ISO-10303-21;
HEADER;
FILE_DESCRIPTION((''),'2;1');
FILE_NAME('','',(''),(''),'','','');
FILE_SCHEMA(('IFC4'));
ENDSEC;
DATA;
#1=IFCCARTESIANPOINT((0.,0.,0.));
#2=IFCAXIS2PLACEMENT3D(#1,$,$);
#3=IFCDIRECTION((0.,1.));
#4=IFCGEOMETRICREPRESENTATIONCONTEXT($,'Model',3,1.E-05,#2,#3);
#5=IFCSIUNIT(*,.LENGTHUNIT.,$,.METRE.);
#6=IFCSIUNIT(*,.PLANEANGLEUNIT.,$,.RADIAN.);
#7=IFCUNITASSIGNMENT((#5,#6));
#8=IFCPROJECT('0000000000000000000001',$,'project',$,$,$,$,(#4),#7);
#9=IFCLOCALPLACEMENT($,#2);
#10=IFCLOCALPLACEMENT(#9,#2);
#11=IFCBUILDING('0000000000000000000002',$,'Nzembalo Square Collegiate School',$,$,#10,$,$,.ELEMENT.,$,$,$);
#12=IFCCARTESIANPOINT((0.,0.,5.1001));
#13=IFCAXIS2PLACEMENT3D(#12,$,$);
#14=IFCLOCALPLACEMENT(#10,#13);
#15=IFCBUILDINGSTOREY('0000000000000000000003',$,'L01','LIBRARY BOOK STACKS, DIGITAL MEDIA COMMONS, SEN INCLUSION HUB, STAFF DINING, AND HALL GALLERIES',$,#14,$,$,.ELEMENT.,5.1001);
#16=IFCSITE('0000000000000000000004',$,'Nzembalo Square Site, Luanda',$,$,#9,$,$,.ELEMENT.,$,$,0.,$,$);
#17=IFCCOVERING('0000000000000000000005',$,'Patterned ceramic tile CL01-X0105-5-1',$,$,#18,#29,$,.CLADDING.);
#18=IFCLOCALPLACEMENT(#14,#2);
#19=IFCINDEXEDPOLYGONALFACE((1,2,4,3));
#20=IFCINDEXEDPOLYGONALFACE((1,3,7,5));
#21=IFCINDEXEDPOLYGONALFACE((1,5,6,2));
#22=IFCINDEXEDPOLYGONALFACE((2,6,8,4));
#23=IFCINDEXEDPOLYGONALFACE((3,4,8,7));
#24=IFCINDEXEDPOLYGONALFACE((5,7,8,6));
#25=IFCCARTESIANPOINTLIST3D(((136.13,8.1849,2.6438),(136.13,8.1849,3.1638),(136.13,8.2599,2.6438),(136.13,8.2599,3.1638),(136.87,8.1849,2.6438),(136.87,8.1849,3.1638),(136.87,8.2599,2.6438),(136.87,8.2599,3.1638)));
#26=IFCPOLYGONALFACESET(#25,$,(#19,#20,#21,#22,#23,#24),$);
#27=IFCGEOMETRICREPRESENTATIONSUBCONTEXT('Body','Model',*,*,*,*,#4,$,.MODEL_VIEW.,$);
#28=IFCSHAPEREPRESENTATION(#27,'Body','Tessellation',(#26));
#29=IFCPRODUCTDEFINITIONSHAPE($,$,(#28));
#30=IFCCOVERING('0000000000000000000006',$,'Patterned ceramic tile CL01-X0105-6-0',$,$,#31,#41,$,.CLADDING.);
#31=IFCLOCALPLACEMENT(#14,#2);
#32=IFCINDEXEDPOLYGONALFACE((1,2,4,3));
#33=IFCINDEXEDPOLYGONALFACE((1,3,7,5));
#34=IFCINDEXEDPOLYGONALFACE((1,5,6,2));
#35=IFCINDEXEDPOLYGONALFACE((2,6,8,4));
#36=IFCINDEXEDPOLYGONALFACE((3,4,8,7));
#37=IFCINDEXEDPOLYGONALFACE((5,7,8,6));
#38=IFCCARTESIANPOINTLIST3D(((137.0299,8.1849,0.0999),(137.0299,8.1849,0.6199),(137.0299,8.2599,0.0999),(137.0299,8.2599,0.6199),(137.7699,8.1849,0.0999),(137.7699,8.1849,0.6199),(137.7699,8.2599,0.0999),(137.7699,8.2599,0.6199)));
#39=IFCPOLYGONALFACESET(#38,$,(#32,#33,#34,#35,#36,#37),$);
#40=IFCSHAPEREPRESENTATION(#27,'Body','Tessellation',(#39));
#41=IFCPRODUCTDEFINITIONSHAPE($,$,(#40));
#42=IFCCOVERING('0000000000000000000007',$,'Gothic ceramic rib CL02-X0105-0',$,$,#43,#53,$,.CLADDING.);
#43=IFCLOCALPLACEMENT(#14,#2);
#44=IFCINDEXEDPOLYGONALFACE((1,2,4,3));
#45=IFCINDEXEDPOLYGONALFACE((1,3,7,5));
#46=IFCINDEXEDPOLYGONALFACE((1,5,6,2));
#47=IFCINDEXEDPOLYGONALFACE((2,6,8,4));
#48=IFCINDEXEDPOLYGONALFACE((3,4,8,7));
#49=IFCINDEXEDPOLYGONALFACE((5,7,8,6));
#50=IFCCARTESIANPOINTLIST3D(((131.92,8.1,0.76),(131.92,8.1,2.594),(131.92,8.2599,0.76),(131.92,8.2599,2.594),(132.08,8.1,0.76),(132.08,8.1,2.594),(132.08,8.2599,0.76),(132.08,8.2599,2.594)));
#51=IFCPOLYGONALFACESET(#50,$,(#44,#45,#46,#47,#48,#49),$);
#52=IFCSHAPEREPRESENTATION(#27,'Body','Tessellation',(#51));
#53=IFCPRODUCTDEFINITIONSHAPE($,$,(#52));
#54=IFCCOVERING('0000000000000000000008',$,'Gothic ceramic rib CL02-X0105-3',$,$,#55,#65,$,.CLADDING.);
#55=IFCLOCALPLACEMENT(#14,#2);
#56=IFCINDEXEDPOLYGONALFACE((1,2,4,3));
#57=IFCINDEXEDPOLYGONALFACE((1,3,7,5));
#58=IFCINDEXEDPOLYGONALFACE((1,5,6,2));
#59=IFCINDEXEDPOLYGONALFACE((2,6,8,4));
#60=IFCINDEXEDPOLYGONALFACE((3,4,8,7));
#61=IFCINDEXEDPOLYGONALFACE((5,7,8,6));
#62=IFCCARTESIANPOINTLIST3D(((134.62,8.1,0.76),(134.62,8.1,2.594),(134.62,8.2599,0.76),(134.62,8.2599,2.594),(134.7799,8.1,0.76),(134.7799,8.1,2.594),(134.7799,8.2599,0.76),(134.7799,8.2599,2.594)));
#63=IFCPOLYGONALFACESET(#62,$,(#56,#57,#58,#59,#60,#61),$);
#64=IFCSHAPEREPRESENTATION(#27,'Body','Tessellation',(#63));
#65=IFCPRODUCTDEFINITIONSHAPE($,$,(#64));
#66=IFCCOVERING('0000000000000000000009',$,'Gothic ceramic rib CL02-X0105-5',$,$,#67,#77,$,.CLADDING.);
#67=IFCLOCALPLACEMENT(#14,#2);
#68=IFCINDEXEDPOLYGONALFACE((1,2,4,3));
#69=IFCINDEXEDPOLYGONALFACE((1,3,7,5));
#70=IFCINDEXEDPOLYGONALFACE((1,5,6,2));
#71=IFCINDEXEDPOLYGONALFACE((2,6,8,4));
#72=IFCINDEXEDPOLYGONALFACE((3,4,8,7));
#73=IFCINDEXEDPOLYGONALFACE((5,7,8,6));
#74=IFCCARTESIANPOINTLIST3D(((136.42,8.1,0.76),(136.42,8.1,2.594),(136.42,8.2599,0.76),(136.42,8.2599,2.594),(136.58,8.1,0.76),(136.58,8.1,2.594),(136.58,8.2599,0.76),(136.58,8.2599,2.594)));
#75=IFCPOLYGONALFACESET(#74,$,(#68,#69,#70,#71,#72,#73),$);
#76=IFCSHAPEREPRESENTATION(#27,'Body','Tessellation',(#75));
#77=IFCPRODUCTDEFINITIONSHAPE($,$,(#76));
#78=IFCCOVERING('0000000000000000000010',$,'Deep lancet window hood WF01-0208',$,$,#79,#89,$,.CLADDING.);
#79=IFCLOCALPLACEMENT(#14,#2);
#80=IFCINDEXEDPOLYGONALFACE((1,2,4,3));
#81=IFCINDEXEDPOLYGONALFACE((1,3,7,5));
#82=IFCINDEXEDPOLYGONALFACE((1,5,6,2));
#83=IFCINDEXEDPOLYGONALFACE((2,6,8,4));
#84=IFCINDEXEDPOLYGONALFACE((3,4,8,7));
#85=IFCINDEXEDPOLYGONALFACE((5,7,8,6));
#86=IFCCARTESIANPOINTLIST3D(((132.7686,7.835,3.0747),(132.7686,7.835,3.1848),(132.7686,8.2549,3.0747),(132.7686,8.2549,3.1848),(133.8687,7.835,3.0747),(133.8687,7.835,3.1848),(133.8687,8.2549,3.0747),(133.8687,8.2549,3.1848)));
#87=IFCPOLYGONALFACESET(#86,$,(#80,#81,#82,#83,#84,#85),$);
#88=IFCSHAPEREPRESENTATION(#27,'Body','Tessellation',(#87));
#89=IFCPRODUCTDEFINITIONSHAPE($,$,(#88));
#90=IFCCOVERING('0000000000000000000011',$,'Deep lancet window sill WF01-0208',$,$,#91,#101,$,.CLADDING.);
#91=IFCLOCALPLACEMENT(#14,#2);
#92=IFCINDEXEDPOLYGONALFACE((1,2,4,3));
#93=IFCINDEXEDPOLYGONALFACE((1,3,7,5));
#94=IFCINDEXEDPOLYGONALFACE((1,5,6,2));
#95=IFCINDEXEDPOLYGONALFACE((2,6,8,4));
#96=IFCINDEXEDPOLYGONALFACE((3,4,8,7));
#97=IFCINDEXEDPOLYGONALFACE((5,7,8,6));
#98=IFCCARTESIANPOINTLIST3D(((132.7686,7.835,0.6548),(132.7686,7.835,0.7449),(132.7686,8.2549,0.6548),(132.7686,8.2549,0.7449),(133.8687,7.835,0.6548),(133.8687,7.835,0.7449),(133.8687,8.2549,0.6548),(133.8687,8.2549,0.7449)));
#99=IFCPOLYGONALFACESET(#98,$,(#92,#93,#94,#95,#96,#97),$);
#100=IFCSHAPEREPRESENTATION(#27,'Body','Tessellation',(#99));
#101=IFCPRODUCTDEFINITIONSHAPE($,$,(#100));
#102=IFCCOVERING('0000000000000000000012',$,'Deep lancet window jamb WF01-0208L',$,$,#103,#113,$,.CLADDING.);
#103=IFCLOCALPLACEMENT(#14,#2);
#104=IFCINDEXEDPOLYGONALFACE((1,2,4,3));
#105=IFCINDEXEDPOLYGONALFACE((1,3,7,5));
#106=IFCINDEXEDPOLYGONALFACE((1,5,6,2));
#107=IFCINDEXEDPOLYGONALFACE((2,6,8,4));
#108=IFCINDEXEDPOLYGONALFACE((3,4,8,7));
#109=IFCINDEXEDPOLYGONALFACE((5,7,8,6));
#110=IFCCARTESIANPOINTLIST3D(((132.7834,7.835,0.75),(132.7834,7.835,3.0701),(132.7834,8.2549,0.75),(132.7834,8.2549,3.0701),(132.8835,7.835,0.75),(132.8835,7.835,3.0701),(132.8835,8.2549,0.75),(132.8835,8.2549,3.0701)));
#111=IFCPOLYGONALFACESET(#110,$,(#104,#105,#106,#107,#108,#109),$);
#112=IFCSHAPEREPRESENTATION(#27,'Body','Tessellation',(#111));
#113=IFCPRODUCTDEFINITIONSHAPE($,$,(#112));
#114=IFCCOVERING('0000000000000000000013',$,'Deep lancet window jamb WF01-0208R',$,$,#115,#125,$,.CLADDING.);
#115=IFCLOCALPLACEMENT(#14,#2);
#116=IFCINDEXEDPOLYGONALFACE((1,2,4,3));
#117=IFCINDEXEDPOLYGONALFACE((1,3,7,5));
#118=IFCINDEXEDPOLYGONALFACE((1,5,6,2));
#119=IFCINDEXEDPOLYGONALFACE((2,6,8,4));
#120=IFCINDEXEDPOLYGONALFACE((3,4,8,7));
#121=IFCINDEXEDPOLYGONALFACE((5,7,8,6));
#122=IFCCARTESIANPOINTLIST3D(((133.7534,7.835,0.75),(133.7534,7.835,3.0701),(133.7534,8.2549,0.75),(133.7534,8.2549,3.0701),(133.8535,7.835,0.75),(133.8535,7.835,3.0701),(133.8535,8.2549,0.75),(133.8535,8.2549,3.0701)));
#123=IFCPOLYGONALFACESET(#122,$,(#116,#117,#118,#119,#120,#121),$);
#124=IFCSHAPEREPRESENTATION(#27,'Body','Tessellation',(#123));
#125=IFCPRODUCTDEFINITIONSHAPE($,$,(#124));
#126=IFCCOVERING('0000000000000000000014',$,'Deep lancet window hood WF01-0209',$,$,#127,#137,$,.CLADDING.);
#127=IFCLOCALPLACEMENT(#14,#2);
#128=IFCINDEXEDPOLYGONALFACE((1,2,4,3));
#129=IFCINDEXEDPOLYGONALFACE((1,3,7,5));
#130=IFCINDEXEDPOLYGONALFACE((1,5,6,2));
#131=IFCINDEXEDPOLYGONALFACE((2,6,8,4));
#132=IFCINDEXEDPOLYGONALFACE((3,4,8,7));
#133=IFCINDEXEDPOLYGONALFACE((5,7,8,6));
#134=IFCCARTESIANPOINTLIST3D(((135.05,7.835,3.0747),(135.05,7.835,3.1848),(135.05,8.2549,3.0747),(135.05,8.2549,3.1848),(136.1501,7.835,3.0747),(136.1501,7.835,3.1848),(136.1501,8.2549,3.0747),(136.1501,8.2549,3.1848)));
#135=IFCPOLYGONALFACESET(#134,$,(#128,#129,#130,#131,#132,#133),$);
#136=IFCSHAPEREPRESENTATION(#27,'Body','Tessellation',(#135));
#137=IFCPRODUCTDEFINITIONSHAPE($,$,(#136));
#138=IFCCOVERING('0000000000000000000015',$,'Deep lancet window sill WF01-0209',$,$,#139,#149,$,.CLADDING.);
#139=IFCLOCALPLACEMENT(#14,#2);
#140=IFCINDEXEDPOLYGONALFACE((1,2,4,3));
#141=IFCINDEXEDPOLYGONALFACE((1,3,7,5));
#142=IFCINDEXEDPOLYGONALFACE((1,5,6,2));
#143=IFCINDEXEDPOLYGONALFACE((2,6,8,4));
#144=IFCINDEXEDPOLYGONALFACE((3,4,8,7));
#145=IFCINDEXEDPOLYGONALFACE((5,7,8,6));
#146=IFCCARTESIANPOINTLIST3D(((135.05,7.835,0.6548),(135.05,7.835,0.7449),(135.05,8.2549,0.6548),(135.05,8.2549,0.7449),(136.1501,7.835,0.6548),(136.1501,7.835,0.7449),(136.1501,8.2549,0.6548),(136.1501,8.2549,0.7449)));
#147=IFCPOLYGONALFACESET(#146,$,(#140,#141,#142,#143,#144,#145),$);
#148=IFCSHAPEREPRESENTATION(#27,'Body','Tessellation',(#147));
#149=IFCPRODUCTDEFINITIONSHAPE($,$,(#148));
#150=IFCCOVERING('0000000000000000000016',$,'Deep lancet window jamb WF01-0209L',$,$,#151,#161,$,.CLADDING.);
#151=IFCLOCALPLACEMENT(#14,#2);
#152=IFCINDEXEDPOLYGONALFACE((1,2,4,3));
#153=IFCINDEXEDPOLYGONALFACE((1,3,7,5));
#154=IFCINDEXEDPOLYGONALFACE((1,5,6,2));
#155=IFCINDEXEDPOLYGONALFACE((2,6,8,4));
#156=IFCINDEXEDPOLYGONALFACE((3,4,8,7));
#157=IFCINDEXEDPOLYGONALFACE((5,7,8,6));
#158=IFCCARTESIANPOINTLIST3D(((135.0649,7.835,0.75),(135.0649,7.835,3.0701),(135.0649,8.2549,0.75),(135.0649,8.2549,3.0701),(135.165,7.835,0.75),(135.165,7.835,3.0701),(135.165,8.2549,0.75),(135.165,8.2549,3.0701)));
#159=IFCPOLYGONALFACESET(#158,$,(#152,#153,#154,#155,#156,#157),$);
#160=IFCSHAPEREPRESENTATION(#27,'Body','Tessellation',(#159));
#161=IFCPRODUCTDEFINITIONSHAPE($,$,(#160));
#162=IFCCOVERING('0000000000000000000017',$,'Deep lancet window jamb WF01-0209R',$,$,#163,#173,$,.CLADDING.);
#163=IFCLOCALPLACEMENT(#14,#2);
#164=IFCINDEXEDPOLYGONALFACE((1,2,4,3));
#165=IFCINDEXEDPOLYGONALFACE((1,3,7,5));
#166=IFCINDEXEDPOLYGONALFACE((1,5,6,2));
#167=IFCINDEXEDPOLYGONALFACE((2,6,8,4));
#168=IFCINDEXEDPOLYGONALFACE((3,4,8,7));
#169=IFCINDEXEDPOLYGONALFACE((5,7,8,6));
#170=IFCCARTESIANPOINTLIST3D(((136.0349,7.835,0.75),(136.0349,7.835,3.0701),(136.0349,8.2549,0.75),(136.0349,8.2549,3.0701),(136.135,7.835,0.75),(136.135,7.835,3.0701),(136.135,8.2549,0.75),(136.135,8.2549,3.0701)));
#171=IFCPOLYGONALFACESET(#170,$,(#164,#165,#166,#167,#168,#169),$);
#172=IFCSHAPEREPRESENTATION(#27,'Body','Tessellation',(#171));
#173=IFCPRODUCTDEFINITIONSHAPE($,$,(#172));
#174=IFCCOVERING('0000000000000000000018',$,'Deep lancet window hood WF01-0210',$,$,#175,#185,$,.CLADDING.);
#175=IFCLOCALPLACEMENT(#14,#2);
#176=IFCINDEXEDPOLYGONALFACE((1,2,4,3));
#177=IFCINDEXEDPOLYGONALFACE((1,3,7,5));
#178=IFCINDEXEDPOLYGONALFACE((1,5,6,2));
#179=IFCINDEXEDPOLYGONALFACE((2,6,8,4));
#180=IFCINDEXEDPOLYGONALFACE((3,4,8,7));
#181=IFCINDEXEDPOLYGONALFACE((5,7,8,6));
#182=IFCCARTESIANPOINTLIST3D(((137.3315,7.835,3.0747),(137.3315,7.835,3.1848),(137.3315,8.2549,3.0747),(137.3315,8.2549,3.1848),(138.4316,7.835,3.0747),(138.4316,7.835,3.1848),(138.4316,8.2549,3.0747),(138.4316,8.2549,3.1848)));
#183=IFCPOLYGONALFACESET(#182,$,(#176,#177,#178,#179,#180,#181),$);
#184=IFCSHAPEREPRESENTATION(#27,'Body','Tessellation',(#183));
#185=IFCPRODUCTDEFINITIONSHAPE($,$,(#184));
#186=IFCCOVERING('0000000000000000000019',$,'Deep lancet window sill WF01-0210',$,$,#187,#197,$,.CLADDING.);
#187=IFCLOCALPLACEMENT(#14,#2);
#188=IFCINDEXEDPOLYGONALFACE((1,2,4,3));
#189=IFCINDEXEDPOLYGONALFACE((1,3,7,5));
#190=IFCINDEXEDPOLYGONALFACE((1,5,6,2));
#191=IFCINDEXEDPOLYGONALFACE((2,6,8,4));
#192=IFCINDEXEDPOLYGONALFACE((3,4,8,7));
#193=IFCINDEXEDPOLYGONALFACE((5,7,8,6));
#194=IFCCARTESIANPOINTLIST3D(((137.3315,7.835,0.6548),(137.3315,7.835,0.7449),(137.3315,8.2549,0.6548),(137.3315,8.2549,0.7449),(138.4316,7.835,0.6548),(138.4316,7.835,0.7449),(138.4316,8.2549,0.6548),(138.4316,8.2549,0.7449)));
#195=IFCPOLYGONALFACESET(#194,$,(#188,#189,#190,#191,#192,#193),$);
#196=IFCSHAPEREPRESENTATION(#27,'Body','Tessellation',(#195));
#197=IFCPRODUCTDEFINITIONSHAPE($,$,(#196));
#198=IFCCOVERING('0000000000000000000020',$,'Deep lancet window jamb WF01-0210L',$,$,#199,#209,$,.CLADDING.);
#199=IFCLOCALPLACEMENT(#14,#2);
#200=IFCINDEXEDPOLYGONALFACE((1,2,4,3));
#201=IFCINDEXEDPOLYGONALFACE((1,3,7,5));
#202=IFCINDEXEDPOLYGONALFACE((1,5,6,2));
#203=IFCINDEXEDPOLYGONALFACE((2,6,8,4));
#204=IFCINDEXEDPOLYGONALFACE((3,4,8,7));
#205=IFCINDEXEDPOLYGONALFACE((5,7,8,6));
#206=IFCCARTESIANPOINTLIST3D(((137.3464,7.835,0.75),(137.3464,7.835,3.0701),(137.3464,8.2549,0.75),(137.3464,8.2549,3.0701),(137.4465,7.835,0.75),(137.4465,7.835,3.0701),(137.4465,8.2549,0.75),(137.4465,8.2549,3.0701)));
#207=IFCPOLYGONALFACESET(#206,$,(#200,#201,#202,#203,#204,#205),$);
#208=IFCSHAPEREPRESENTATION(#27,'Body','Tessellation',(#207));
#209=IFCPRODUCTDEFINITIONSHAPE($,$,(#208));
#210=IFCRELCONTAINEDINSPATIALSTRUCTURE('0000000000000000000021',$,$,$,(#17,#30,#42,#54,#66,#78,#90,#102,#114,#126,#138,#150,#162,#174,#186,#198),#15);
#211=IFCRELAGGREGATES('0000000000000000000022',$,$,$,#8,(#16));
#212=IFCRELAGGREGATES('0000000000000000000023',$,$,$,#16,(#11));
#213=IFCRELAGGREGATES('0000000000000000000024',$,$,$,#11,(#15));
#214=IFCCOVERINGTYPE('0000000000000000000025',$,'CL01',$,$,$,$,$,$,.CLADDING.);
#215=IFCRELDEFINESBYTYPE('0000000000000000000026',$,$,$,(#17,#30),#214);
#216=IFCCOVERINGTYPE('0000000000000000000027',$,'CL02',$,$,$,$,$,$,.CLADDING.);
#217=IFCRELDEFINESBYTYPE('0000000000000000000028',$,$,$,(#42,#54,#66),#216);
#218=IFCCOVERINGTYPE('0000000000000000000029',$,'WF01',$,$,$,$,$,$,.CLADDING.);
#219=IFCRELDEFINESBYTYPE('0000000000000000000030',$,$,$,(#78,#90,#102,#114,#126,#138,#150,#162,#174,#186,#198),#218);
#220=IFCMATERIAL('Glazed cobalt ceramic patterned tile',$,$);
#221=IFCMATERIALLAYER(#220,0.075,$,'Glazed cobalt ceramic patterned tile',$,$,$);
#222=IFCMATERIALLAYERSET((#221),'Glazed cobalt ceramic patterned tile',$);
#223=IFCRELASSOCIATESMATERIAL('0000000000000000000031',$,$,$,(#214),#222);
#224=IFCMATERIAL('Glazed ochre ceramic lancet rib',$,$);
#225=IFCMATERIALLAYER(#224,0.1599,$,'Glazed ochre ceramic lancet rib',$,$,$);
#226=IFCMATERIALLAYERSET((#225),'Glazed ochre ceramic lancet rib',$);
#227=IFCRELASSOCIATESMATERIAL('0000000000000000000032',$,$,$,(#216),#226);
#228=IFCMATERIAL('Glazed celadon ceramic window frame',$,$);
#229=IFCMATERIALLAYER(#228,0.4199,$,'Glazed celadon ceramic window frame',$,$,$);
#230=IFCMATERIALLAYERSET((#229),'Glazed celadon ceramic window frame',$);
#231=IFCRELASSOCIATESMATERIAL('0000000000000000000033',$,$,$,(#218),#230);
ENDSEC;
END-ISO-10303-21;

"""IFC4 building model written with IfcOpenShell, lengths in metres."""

from ifc_helpers import new_model, si_unit, direction, frame, origin, origin_2d, place, context, subcontext, project, spatial, rectangle, extrude, material, layer, layer_set, type_object, element, save


model = new_model("IFC4")

# Units and contexts
model_context = context("Model", 3, precision=1e-05, world=origin(), true_north=direction((0.0, 1.0)))
body_context = subcontext(model_context, "Body", "Model", "MODEL_VIEW")
ifc_project = project(units=[si_unit("LENGTHUNIT", "METRE"), si_unit("PLANEANGLEUNIT", "RADIAN")], contexts=[model_context])

# Site, building, storey
site_placement = place(None, origin())
site = spatial("IfcSite", under=ifc_project, at=site_placement, Name="Nzembalo Square Site, Luanda", CompositionType="ELEMENT", RefElevation=0.0)
building_placement = place(site_placement, origin())
building = spatial("IfcBuilding", under=site, at=building_placement, Name="Nzembalo Square Collegiate School", CompositionType="ELEMENT")
storey_placement = place(building_placement, frame((0.0, 0.0, 5.1001)))
storey = spatial("IfcBuildingStorey", under=building, at=storey_placement, Name="L01", Description="LIBRARY BOOK STACKS, DIGITAL MEDIA COMMONS, SEN INCLUSION HUB, STAFF DINING, AND HALL GALLERIES", CompositionType="ELEMENT", Elevation=5.1001)

# Coverings
ifc_material_1 = material(Name="Glazed cobalt ceramic patterned tile")
ifc_layer_1 = layer(ifc_material_1, 0.075, Name="Glazed cobalt ceramic patterned tile")
ifc_layer_set_1 = layer_set([ifc_layer_1], Name="Glazed cobalt ceramic patterned tile")
covering_type_1 = type_object("IfcCoveringType", Name="CL01", PredefinedType="CLADDING", material=ifc_layer_set_1)
for number, where, z_axis, x_axis, name in (
    (1, (136.5, 8.2224, 2.6438), (0.0, 0.0, 1.0), (1.0, 0.0, 0.0), "Patterned ceramic tile CL01-X0105-5-1"),
    (2, (137.3999, 8.2224, 0.0999), (0.0, 0.0, 1.0), (1.0, 0.0, 0.0), "Patterned ceramic tile CL01-X0105-6-0"),
):
    element("IfcCovering", number, at=place(storey_placement, frame(where, z_axis=z_axis, x_axis=x_axis)), inside=storey, type_object=covering_type_1, Name=name, PredefinedType="CLADDING", context=body_context, shape_type="SweptSolid", body=[
        extrude(rectangle(XDim=0.74, YDim=0.075, at=origin_2d()), origin(), (0.0, 0.0, 1.0), 0.52),
    ])
ifc_material_2 = material(Name="Glazed ochre ceramic lancet rib")
ifc_layer_2 = layer(ifc_material_2, 0.1599, Name="Glazed ochre ceramic lancet rib")
ifc_layer_set_2 = layer_set([ifc_layer_2], Name="Glazed ochre ceramic lancet rib")
covering_type_2 = type_object("IfcCoveringType", Name="CL02", PredefinedType="CLADDING", material=ifc_layer_set_2)
for number, where, z_axis, x_axis, name in (
    (3, (132.0, 8.1799, 0.76), (0.0, 0.0, 1.0), (1.0, 0.0, 0.0), "Gothic ceramic rib CL02-X0105-0"),
    (4, (134.7, 8.1799, 0.76), (0.0, 0.0, 1.0), (1.0, 0.0, 0.0), "Gothic ceramic rib CL02-X0105-3"),
    (5, (136.5, 8.1799, 0.76), (0.0, 0.0, 1.0), (1.0, 0.0, 0.0), "Gothic ceramic rib CL02-X0105-5"),
):
    element("IfcCovering", number, at=place(storey_placement, frame(where, z_axis=z_axis, x_axis=x_axis)), inside=storey, type_object=covering_type_2, Name=name, PredefinedType="CLADDING", context=body_context, shape_type="SweptSolid", body=[
        extrude(rectangle(XDim=0.1599, YDim=0.1599, at=origin_2d()), origin(), (0.0, 0.0, 1.0), 1.834),
    ])
ifc_material_3 = material(Name="Glazed celadon ceramic window frame")
ifc_layer_3 = layer(ifc_material_3, 0.4199, Name="Glazed celadon ceramic window frame")
ifc_layer_set_3 = layer_set([ifc_layer_3], Name="Glazed celadon ceramic window frame")
covering_type_3 = type_object("IfcCoveringType", Name="WF01", PredefinedType="CLADDING", material=ifc_layer_set_3)
covering_1_placement = place(storey_placement, frame((133.3186, 8.0449, 3.0747), z_axis=(0.0, 0.0, 1.0), x_axis=(1.0, 0.0, 0.0)))
element("IfcCovering", 6, at=covering_1_placement, inside=storey, type_object=covering_type_3, Name="Deep lancet window hood WF01-0208", PredefinedType="CLADDING", context=body_context, shape_type="SweptSolid", body=[
    extrude(rectangle(XDim=1.1001, YDim=0.4199, at=origin_2d()), origin(), (0.0, 0.0, 1.0), 0.1101),
])
covering_2_placement = place(storey_placement, frame((133.3186, 8.0449, 0.6548), z_axis=(0.0, 0.0, 1.0), x_axis=(1.0, 0.0, 0.0)))
element("IfcCovering", 7, at=covering_2_placement, inside=storey, type_object=covering_type_3, Name="Deep lancet window sill WF01-0208", PredefinedType="CLADDING", context=body_context, shape_type="SweptSolid", body=[
    extrude(rectangle(XDim=1.1001, YDim=0.4199, at=origin_2d()), origin(), (0.0, 0.0, 1.0), 0.0901),
])
for number, where, z_axis, x_axis, name in (
    (8, (132.8335, 8.0449, 0.75), (0.0, 0.0, 1.0), (1.0, 0.0, 0.0), "Deep lancet window jamb WF01-0208L"),
    (9, (133.8035, 8.0449, 0.75), (0.0, 0.0, 1.0), (1.0, 0.0, 0.0), "Deep lancet window jamb WF01-0208R"),
):
    element("IfcCovering", number, at=place(storey_placement, frame(where, z_axis=z_axis, x_axis=x_axis)), inside=storey, type_object=covering_type_3, Name=name, PredefinedType="CLADDING", context=body_context, shape_type="SweptSolid", body=[
        extrude(rectangle(XDim=0.1001, YDim=0.4199, at=origin_2d()), origin(), (0.0, 0.0, 1.0), 2.3201),
    ])
covering_3_placement = place(storey_placement, frame((135.6001, 8.0449, 3.0747), z_axis=(0.0, 0.0, 1.0), x_axis=(1.0, 0.0, 0.0)))
element("IfcCovering", 10, at=covering_3_placement, inside=storey, type_object=covering_type_3, Name="Deep lancet window hood WF01-0209", PredefinedType="CLADDING", context=body_context, shape_type="SweptSolid", body=[
    extrude(rectangle(XDim=1.1001, YDim=0.4199, at=origin_2d()), origin(), (0.0, 0.0, 1.0), 0.1101),
])
covering_4_placement = place(storey_placement, frame((135.6001, 8.0449, 0.6548), z_axis=(0.0, 0.0, 1.0), x_axis=(1.0, 0.0, 0.0)))
element("IfcCovering", 11, at=covering_4_placement, inside=storey, type_object=covering_type_3, Name="Deep lancet window sill WF01-0209", PredefinedType="CLADDING", context=body_context, shape_type="SweptSolid", body=[
    extrude(rectangle(XDim=1.1001, YDim=0.4199, at=origin_2d()), origin(), (0.0, 0.0, 1.0), 0.0901),
])
for number, where, z_axis, x_axis, name in (
    (12, (135.115, 8.0449, 0.75), (0.0, 0.0, 1.0), (1.0, 0.0, 0.0), "Deep lancet window jamb WF01-0209L"),
    (13, (136.085, 8.0449, 0.75), (0.0, 0.0, 1.0), (1.0, 0.0, 0.0), "Deep lancet window jamb WF01-0209R"),
):
    element("IfcCovering", number, at=place(storey_placement, frame(where, z_axis=z_axis, x_axis=x_axis)), inside=storey, type_object=covering_type_3, Name=name, PredefinedType="CLADDING", context=body_context, shape_type="SweptSolid", body=[
        extrude(rectangle(XDim=0.1001, YDim=0.4199, at=origin_2d()), origin(), (0.0, 0.0, 1.0), 2.3201),
    ])
covering_5_placement = place(storey_placement, frame((137.8816, 8.0449, 3.0747), z_axis=(0.0, 0.0, 1.0), x_axis=(1.0, 0.0, 0.0)))
element("IfcCovering", 14, at=covering_5_placement, inside=storey, type_object=covering_type_3, Name="Deep lancet window hood WF01-0210", PredefinedType="CLADDING", context=body_context, shape_type="SweptSolid", body=[
    extrude(rectangle(XDim=1.1001, YDim=0.4199, at=origin_2d()), origin(), (0.0, 0.0, 1.0), 0.1101),
])
covering_6_placement = place(storey_placement, frame((137.8816, 8.0449, 0.6548), z_axis=(0.0, 0.0, 1.0), x_axis=(1.0, 0.0, 0.0)))
element("IfcCovering", 15, at=covering_6_placement, inside=storey, type_object=covering_type_3, Name="Deep lancet window sill WF01-0210", PredefinedType="CLADDING", context=body_context, shape_type="SweptSolid", body=[
    extrude(rectangle(XDim=1.1001, YDim=0.4199, at=origin_2d()), origin(), (0.0, 0.0, 1.0), 0.0901),
])
covering_7_placement = place(storey_placement, frame((137.3965, 8.0449, 0.75), z_axis=(0.0, 0.0, 1.0), x_axis=(1.0, 0.0, 0.0)))
element("IfcCovering", 16, at=covering_7_placement, inside=storey, type_object=covering_type_3, Name="Deep lancet window jamb WF01-0210L", PredefinedType="CLADDING", context=body_context, shape_type="SweptSolid", body=[
    extrude(rectangle(XDim=0.1001, YDim=0.4199, at=origin_2d()), origin(), (0.0, 0.0, 1.0), 2.3201),
])

save(model, "model.ifc")
